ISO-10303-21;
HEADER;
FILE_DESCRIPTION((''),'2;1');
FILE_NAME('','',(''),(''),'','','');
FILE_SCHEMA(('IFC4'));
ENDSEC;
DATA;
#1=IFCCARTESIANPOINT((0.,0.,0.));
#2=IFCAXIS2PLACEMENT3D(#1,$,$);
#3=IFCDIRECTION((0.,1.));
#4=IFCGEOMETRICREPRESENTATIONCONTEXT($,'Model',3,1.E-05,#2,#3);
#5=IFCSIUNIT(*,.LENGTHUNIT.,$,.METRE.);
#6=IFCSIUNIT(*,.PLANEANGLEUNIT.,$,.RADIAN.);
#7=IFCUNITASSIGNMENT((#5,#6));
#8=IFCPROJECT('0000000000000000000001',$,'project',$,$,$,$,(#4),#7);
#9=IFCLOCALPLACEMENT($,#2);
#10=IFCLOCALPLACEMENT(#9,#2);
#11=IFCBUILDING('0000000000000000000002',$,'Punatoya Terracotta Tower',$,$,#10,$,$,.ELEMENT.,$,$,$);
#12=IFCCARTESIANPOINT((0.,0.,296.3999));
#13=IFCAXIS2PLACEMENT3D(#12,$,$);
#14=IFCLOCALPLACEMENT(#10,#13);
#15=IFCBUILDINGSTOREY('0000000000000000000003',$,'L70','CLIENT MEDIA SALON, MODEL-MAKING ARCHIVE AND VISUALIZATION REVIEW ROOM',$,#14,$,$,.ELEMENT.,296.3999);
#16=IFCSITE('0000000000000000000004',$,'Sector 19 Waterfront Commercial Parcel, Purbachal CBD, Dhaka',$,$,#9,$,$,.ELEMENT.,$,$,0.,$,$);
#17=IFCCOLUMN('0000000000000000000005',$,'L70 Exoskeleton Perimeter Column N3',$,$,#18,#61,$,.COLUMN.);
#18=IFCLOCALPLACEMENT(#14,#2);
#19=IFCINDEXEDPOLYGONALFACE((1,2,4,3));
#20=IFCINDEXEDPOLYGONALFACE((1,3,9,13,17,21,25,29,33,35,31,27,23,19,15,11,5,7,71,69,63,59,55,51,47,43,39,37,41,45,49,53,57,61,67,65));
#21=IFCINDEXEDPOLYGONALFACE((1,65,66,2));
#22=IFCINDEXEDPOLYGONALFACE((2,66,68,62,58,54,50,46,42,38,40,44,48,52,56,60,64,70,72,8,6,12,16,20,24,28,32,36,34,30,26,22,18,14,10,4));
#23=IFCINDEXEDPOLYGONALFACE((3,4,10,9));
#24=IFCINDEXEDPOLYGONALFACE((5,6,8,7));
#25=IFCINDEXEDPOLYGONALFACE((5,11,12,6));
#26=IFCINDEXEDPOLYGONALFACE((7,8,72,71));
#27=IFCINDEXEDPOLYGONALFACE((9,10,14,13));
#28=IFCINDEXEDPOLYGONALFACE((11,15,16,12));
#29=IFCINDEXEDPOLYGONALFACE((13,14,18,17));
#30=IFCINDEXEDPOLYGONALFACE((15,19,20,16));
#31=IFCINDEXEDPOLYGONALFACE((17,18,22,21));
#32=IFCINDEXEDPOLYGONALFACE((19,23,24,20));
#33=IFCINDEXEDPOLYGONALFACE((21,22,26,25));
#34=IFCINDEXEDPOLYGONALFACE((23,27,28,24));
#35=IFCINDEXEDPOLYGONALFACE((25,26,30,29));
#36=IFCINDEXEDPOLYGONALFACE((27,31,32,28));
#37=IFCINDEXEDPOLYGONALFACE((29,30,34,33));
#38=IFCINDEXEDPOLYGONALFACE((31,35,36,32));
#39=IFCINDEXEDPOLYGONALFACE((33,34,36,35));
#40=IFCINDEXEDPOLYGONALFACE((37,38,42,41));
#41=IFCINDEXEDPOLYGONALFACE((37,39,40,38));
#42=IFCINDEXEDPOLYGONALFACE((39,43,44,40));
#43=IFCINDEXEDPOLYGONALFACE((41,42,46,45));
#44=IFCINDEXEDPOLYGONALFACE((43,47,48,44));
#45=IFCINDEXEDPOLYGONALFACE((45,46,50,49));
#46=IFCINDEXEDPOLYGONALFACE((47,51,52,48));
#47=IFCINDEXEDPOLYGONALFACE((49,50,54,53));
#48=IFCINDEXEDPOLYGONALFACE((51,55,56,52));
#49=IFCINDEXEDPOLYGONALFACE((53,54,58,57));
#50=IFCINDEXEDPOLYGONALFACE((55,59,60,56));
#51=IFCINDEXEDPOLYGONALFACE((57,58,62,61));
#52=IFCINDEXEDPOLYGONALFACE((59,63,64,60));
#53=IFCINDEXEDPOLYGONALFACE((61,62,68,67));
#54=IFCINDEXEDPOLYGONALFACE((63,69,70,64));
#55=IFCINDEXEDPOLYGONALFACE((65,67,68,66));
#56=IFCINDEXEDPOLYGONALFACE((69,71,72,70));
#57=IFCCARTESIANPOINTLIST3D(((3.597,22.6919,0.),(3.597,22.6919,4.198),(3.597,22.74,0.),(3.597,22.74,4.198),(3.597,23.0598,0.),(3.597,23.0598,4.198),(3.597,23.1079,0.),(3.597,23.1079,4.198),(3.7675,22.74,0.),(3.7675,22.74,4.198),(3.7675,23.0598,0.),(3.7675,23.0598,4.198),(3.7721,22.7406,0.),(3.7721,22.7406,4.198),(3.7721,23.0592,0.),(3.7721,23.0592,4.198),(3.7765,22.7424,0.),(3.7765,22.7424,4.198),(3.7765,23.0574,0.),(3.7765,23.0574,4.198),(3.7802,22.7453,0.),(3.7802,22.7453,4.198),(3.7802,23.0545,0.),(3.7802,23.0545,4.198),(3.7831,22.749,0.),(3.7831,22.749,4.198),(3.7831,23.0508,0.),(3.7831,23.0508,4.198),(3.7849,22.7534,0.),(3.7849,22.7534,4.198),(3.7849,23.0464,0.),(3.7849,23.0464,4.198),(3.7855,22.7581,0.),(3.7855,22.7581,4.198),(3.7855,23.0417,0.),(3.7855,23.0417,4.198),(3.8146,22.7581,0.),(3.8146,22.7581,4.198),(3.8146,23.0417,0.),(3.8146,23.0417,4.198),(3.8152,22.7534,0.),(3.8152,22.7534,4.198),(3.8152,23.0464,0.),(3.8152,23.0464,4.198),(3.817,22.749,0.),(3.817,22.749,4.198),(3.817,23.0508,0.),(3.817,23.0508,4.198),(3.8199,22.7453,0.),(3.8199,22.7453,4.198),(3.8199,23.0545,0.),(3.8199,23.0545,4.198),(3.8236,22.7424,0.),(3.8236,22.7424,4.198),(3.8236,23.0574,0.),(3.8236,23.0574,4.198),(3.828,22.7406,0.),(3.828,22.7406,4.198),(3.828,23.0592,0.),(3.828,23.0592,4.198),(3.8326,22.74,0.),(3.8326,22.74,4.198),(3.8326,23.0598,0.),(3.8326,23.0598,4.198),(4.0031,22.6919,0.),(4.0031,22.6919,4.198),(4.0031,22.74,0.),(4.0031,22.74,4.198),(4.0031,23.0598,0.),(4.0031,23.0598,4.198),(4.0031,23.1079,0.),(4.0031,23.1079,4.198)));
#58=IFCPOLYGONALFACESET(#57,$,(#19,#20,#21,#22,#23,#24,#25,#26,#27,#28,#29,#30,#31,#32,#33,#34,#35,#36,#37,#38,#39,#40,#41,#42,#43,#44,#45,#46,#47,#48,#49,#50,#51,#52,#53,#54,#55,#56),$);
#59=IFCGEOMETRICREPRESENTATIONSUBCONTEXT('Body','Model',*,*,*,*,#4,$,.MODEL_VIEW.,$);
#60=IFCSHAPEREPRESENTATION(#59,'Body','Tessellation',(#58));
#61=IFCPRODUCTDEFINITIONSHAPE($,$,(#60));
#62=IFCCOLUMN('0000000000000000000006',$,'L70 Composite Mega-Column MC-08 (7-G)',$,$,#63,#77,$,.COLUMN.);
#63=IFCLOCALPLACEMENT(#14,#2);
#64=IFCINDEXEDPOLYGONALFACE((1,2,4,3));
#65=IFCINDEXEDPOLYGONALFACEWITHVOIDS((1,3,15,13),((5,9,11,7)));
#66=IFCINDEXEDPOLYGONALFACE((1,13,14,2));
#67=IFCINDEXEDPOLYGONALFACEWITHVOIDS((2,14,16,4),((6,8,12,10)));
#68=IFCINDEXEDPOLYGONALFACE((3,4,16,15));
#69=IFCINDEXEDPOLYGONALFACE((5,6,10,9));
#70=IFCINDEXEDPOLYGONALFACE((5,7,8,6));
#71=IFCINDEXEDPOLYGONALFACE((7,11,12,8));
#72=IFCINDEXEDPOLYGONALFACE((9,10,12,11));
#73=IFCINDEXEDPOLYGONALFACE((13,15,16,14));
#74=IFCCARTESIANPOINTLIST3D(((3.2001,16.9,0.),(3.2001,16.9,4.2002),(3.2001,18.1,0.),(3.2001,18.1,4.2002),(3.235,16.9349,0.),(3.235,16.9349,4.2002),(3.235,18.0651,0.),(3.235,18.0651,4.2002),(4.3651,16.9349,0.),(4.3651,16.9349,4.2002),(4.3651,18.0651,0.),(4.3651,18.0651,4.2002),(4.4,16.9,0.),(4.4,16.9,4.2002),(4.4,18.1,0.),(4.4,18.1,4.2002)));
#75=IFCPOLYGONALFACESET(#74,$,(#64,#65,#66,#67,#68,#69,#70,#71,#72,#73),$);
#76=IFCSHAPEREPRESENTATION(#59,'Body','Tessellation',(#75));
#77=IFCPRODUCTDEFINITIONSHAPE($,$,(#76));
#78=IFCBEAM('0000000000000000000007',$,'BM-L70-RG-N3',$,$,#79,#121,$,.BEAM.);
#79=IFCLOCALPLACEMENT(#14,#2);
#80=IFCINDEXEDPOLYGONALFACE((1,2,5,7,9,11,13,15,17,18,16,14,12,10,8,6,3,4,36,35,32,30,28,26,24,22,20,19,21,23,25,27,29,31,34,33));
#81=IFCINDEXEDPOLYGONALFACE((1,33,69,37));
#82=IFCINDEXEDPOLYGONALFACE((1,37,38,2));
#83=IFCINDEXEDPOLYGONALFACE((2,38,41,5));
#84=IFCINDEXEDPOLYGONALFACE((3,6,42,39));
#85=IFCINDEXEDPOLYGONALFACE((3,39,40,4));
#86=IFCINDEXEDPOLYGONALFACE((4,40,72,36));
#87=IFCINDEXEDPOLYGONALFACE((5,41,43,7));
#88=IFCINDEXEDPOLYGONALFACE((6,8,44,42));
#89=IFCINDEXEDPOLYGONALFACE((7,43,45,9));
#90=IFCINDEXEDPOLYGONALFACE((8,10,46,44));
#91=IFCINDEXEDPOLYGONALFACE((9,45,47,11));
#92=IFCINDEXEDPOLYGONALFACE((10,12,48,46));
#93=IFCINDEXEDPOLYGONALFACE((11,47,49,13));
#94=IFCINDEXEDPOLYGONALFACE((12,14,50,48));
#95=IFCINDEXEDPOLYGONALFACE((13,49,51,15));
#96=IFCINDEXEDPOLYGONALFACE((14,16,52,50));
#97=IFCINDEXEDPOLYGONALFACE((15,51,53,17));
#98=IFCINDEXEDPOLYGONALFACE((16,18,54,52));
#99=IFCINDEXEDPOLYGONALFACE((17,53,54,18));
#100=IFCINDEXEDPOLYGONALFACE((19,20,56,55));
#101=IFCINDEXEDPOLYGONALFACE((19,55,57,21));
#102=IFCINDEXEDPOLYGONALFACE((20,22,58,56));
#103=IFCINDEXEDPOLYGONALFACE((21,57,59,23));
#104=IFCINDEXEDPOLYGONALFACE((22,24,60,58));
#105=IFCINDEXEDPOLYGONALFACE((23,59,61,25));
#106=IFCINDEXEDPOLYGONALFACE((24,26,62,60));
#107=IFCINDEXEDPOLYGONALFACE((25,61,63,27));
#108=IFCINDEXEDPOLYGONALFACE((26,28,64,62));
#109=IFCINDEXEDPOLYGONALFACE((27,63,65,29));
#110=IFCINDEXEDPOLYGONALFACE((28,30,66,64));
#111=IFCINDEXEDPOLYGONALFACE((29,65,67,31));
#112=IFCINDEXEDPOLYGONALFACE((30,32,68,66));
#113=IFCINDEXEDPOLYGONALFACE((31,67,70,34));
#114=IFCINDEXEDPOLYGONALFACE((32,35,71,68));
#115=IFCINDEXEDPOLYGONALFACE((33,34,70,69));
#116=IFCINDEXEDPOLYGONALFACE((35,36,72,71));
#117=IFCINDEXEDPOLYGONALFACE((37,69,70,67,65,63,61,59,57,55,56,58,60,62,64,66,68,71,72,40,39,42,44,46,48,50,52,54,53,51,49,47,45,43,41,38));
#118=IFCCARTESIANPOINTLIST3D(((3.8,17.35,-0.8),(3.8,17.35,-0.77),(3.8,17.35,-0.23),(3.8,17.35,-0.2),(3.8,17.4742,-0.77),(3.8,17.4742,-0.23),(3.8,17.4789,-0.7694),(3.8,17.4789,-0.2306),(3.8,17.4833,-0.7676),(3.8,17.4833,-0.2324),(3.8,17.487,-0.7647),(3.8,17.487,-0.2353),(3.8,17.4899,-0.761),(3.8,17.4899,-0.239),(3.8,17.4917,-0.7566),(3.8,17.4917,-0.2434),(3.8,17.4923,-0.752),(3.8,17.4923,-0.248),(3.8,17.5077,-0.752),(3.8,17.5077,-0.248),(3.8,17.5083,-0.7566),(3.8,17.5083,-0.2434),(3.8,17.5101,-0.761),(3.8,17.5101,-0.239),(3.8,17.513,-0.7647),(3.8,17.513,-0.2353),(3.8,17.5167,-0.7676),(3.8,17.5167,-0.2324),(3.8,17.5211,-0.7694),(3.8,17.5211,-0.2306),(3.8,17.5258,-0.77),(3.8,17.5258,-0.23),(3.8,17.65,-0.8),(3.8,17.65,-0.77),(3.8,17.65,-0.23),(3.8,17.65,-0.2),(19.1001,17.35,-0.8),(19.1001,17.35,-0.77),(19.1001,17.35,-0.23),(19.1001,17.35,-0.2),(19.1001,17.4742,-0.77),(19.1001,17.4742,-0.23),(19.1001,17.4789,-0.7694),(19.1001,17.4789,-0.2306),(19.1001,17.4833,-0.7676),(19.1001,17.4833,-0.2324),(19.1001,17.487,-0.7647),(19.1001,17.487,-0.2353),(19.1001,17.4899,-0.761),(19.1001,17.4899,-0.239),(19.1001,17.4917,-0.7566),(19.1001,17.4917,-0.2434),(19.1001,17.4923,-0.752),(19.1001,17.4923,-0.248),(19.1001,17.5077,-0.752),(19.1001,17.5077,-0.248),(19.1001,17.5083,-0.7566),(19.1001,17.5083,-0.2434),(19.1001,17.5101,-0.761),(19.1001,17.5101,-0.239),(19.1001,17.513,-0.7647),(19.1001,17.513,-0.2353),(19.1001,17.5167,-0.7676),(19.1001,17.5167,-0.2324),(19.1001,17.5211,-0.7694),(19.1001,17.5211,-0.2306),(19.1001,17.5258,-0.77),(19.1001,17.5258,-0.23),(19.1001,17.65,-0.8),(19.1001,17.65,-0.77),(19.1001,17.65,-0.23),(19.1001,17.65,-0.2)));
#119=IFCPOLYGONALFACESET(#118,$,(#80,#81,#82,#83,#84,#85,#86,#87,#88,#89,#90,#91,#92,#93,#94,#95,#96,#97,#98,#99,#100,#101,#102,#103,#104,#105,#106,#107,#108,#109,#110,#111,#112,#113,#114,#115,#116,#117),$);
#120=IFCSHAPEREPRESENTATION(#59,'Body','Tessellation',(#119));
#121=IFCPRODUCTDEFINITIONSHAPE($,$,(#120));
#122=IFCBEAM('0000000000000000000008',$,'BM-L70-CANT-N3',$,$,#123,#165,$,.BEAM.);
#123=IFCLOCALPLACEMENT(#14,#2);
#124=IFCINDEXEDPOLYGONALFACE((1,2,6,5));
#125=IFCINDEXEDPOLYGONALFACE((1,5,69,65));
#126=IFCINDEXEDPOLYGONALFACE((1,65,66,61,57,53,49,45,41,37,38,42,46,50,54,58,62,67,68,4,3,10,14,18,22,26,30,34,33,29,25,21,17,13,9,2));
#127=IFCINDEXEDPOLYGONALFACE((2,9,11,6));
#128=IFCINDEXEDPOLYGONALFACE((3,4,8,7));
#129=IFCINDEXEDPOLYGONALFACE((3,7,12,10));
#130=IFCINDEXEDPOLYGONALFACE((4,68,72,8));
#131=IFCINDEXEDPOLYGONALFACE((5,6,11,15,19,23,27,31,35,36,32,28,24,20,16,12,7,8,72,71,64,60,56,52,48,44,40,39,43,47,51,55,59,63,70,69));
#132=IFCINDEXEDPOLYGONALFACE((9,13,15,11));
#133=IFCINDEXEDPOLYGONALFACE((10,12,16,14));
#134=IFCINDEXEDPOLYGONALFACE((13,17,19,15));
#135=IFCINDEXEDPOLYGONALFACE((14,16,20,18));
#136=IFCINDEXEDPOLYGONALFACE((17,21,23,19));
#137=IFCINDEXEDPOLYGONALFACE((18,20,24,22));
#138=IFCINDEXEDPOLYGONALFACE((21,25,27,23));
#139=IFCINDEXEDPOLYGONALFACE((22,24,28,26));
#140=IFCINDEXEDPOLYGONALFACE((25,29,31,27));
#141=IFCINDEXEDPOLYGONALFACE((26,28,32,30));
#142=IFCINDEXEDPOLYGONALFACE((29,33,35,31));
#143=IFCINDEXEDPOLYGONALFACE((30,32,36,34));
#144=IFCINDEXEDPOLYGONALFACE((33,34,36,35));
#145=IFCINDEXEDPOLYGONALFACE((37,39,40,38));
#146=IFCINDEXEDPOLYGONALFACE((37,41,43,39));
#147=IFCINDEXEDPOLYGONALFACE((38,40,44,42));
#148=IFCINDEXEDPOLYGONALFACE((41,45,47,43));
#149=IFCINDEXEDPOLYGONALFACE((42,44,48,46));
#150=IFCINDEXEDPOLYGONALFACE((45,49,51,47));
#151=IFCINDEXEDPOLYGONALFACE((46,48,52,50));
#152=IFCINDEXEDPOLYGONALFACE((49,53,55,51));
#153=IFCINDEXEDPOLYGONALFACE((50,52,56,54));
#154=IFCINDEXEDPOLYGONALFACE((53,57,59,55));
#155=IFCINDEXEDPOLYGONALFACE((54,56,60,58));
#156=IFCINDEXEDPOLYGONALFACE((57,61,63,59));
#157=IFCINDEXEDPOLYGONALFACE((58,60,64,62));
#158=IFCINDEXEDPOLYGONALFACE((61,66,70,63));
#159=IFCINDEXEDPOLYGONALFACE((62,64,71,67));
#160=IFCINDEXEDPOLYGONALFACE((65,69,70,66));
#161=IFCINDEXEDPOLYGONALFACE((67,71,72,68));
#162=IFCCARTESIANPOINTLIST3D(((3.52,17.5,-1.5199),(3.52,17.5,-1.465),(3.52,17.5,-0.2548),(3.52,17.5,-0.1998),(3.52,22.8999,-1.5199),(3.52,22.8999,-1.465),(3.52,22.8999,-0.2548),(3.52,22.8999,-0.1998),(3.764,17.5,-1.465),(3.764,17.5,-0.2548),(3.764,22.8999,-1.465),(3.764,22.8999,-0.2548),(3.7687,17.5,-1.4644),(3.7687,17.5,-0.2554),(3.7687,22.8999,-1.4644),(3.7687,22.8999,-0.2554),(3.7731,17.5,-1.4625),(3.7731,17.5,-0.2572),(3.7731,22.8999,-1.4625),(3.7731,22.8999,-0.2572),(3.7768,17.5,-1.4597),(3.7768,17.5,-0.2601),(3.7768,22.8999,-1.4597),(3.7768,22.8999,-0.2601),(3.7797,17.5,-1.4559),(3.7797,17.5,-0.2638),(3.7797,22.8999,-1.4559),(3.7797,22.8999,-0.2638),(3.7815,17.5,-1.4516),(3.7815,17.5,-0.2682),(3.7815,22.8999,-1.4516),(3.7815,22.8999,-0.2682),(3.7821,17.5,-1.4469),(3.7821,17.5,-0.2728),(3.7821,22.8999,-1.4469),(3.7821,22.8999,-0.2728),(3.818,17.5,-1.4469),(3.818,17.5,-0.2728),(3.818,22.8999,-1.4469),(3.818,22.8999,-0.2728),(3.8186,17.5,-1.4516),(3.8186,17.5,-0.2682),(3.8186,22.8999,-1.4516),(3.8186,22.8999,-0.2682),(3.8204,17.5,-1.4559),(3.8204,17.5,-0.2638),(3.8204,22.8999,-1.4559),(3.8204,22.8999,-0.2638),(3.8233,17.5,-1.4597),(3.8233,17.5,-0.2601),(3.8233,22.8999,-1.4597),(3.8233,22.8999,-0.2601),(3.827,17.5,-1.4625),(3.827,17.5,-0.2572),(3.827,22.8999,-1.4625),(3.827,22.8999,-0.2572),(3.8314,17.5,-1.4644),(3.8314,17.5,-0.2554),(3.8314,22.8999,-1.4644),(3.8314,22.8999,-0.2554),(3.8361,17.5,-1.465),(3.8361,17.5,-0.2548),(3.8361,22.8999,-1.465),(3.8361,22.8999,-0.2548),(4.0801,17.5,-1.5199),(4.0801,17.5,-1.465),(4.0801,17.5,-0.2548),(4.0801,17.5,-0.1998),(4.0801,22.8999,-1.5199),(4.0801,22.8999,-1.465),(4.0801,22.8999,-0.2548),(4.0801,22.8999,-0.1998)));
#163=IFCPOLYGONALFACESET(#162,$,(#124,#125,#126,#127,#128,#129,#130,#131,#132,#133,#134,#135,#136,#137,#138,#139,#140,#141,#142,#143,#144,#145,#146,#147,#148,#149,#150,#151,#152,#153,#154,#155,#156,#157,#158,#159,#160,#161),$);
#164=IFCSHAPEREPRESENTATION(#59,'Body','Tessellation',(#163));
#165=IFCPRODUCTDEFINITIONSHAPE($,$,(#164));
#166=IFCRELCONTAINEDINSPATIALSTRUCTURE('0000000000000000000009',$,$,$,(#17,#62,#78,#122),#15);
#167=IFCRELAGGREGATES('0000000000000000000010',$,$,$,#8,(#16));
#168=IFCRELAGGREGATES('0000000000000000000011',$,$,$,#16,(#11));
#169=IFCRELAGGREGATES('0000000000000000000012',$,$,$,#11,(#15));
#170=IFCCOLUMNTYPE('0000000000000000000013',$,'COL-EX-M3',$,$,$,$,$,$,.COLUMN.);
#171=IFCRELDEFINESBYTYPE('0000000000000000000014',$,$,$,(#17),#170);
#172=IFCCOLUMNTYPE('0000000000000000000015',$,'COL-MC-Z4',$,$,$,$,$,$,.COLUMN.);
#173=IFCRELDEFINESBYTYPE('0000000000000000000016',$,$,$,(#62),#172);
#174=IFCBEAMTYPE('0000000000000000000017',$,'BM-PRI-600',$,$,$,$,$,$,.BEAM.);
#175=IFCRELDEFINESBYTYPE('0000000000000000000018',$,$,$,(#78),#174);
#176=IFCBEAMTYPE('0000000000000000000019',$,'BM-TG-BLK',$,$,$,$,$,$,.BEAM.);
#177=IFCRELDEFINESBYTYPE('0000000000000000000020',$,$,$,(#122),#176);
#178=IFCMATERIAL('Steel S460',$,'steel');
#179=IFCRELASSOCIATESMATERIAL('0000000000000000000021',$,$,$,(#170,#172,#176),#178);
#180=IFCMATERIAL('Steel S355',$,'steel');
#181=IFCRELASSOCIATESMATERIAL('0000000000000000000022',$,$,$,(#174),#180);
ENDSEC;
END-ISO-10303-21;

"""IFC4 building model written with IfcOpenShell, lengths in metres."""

from ifc_helpers import new_model, si_unit, direction, frame, origin, origin_2d, place, context, subcontext, project, spatial, hollow_rectangle, i_section, extrude, material, material_profile, profile_set, type_object, element, save


model = new_model("IFC4")

# Units and contexts
model_context = context("Model", 3, precision=1e-05, world=origin(), true_north=direction((0.0, 1.0)))
body_context = subcontext(model_context, "Body", "Model", "MODEL_VIEW")
ifc_project = project(units=[si_unit("LENGTHUNIT", "METRE"), si_unit("PLANEANGLEUNIT", "RADIAN")], contexts=[model_context])

# Site, building, storey
site_placement = place(None, origin())
site = spatial("IfcSite", under=ifc_project, at=site_placement, Name="Sector 19 Waterfront Commercial Parcel, Purbachal CBD, Dhaka", CompositionType="ELEMENT", RefElevation=0.0)
building_placement = place(site_placement, origin())
building = spatial("IfcBuilding", under=site, at=building_placement, Name="Punatoya Terracotta Tower", CompositionType="ELEMENT")
storey_placement = place(building_placement, frame((0.0, 0.0, 296.3999)))
storey = spatial("IfcBuildingStorey", under=building, at=storey_placement, Name="L70", Description="CLIENT MEDIA SALON, MODEL-MAKING ARCHIVE AND VISUALIZATION REVIEW ROOM", CompositionType="ELEMENT", Elevation=296.3999)

# Columns
ifc_material_1 = material(Name="Steel S460", Category="steel")
ifc_material_profile_1 = material_profile(ifc_material_1, i_section(OverallWidth=0.406, OverallDepth=0.416, WebThickness=0.0291, FlangeThickness=0.0481, FilletRadius=0.0181, at=origin_2d()))
ifc_profile_set_1 = profile_set([ifc_material_profile_1], Name="Steel S460")
column_type_1 = type_object("IfcColumnType", Name="COL-EX-M3", PredefinedType="COLUMN", material=ifc_profile_set_1)
column_1_placement = place(storey_placement, frame((3.8, 22.8999, 0.0), z_axis=(0.0, 0.0, 1.0), x_axis=(1.0, 0.0, 0.0)))
element("IfcColumn", 1, at=column_1_placement, inside=storey, type_object=column_type_1, Name="L70 Exoskeleton Perimeter Column N3", PredefinedType="COLUMN", context=body_context, shape_type="SweptSolid", body=[
    extrude(i_section(OverallWidth=0.406, OverallDepth=0.416, WebThickness=0.0291, FlangeThickness=0.0481, FilletRadius=0.0181, at=origin_2d()), origin(), (0.0, 0.0, 1.0), 4.198),
])
ifc_material_profile_2 = material_profile(ifc_material_1, hollow_rectangle(XDim=1.2, YDim=1.2, WallThickness=0.0349, at=origin_2d()))
ifc_profile_set_2 = profile_set([ifc_material_profile_2], Name="Steel S460")
column_type_2 = type_object("IfcColumnType", Name="COL-MC-Z4", PredefinedType="COLUMN", material=ifc_profile_set_2)
column_2_placement = place(storey_placement, frame((3.8, 17.5, 0.0), z_axis=(0.0, 0.0, 1.0), x_axis=(1.0, 0.0, 0.0)))
element("IfcColumn", 2, at=column_2_placement, inside=storey, type_object=column_type_2, Name="L70 Composite Mega-Column MC-08 (7-G)", PredefinedType="COLUMN", context=body_context, shape_type="SweptSolid", body=[
    extrude(hollow_rectangle(XDim=1.2, YDim=1.2, WallThickness=0.0349, at=origin_2d()), origin(), (0.0, 0.0, 1.0), 4.2002),
])

# Beams
ifc_material_2 = material(Name="Steel S355", Category="steel")
ifc_material_profile_3 = material_profile(ifc_material_2, i_section(OverallWidth=0.3, OverallDepth=0.6001, WebThickness=0.0154, FlangeThickness=0.03, FilletRadius=0.0181, at=origin_2d()))
ifc_profile_set_3 = profile_set([ifc_material_profile_3], Name="Steel S355")
beam_type_1 = type_object("IfcBeamType", Name="BM-PRI-600", PredefinedType="BEAM", material=ifc_profile_set_3)
beam_1_placement = place(storey_placement, frame((3.8, 17.5, -0.5), z_axis=(1.0, 0.0, 0.0), x_axis=(0.0, 1.0, 0.0)))
element("IfcBeam", 3, at=beam_1_placement, inside=storey, type_object=beam_type_1, Name="BM-L70-RG-N3", PredefinedType="BEAM", context=body_context, shape_type="SweptSolid", body=[
    extrude(i_section(OverallWidth=0.3, OverallDepth=0.6001, WebThickness=0.0154, FlangeThickness=0.03, FilletRadius=0.0181, at=origin_2d()), origin(), (0.0, 0.0, 1.0), 15.3),
])
ifc_material_profile_4 = material_profile(ifc_material_1, i_section(OverallWidth=0.5601, OverallDepth=1.3201, WebThickness=0.0359, FlangeThickness=0.0549, FilletRadius=0.0181, at=origin_2d()))
ifc_profile_set_4 = profile_set([ifc_material_profile_4], Name="Steel S460")
beam_type_2 = type_object("IfcBeamType", Name="BM-TG-BLK", PredefinedType="BEAM", material=ifc_profile_set_4)
beam_2_placement = place(storey_placement, frame((3.8, 17.5, -0.8599), z_axis=(0.0, 1.0, 0.0), x_axis=(-1.0, 0.0, 0.0)))
element("IfcBeam", 4, at=beam_2_placement, inside=storey, type_object=beam_type_2, Name="BM-L70-CANT-N3", PredefinedType="BEAM", context=body_context, shape_type="SweptSolid", body=[
    extrude(i_section(OverallWidth=0.5601, OverallDepth=1.3201, WebThickness=0.0359, FlangeThickness=0.0549, FilletRadius=0.0181, at=origin_2d()), origin(), (0.0, 0.0, 1.0), 5.3999),
])

save(model, "model.ifc")
